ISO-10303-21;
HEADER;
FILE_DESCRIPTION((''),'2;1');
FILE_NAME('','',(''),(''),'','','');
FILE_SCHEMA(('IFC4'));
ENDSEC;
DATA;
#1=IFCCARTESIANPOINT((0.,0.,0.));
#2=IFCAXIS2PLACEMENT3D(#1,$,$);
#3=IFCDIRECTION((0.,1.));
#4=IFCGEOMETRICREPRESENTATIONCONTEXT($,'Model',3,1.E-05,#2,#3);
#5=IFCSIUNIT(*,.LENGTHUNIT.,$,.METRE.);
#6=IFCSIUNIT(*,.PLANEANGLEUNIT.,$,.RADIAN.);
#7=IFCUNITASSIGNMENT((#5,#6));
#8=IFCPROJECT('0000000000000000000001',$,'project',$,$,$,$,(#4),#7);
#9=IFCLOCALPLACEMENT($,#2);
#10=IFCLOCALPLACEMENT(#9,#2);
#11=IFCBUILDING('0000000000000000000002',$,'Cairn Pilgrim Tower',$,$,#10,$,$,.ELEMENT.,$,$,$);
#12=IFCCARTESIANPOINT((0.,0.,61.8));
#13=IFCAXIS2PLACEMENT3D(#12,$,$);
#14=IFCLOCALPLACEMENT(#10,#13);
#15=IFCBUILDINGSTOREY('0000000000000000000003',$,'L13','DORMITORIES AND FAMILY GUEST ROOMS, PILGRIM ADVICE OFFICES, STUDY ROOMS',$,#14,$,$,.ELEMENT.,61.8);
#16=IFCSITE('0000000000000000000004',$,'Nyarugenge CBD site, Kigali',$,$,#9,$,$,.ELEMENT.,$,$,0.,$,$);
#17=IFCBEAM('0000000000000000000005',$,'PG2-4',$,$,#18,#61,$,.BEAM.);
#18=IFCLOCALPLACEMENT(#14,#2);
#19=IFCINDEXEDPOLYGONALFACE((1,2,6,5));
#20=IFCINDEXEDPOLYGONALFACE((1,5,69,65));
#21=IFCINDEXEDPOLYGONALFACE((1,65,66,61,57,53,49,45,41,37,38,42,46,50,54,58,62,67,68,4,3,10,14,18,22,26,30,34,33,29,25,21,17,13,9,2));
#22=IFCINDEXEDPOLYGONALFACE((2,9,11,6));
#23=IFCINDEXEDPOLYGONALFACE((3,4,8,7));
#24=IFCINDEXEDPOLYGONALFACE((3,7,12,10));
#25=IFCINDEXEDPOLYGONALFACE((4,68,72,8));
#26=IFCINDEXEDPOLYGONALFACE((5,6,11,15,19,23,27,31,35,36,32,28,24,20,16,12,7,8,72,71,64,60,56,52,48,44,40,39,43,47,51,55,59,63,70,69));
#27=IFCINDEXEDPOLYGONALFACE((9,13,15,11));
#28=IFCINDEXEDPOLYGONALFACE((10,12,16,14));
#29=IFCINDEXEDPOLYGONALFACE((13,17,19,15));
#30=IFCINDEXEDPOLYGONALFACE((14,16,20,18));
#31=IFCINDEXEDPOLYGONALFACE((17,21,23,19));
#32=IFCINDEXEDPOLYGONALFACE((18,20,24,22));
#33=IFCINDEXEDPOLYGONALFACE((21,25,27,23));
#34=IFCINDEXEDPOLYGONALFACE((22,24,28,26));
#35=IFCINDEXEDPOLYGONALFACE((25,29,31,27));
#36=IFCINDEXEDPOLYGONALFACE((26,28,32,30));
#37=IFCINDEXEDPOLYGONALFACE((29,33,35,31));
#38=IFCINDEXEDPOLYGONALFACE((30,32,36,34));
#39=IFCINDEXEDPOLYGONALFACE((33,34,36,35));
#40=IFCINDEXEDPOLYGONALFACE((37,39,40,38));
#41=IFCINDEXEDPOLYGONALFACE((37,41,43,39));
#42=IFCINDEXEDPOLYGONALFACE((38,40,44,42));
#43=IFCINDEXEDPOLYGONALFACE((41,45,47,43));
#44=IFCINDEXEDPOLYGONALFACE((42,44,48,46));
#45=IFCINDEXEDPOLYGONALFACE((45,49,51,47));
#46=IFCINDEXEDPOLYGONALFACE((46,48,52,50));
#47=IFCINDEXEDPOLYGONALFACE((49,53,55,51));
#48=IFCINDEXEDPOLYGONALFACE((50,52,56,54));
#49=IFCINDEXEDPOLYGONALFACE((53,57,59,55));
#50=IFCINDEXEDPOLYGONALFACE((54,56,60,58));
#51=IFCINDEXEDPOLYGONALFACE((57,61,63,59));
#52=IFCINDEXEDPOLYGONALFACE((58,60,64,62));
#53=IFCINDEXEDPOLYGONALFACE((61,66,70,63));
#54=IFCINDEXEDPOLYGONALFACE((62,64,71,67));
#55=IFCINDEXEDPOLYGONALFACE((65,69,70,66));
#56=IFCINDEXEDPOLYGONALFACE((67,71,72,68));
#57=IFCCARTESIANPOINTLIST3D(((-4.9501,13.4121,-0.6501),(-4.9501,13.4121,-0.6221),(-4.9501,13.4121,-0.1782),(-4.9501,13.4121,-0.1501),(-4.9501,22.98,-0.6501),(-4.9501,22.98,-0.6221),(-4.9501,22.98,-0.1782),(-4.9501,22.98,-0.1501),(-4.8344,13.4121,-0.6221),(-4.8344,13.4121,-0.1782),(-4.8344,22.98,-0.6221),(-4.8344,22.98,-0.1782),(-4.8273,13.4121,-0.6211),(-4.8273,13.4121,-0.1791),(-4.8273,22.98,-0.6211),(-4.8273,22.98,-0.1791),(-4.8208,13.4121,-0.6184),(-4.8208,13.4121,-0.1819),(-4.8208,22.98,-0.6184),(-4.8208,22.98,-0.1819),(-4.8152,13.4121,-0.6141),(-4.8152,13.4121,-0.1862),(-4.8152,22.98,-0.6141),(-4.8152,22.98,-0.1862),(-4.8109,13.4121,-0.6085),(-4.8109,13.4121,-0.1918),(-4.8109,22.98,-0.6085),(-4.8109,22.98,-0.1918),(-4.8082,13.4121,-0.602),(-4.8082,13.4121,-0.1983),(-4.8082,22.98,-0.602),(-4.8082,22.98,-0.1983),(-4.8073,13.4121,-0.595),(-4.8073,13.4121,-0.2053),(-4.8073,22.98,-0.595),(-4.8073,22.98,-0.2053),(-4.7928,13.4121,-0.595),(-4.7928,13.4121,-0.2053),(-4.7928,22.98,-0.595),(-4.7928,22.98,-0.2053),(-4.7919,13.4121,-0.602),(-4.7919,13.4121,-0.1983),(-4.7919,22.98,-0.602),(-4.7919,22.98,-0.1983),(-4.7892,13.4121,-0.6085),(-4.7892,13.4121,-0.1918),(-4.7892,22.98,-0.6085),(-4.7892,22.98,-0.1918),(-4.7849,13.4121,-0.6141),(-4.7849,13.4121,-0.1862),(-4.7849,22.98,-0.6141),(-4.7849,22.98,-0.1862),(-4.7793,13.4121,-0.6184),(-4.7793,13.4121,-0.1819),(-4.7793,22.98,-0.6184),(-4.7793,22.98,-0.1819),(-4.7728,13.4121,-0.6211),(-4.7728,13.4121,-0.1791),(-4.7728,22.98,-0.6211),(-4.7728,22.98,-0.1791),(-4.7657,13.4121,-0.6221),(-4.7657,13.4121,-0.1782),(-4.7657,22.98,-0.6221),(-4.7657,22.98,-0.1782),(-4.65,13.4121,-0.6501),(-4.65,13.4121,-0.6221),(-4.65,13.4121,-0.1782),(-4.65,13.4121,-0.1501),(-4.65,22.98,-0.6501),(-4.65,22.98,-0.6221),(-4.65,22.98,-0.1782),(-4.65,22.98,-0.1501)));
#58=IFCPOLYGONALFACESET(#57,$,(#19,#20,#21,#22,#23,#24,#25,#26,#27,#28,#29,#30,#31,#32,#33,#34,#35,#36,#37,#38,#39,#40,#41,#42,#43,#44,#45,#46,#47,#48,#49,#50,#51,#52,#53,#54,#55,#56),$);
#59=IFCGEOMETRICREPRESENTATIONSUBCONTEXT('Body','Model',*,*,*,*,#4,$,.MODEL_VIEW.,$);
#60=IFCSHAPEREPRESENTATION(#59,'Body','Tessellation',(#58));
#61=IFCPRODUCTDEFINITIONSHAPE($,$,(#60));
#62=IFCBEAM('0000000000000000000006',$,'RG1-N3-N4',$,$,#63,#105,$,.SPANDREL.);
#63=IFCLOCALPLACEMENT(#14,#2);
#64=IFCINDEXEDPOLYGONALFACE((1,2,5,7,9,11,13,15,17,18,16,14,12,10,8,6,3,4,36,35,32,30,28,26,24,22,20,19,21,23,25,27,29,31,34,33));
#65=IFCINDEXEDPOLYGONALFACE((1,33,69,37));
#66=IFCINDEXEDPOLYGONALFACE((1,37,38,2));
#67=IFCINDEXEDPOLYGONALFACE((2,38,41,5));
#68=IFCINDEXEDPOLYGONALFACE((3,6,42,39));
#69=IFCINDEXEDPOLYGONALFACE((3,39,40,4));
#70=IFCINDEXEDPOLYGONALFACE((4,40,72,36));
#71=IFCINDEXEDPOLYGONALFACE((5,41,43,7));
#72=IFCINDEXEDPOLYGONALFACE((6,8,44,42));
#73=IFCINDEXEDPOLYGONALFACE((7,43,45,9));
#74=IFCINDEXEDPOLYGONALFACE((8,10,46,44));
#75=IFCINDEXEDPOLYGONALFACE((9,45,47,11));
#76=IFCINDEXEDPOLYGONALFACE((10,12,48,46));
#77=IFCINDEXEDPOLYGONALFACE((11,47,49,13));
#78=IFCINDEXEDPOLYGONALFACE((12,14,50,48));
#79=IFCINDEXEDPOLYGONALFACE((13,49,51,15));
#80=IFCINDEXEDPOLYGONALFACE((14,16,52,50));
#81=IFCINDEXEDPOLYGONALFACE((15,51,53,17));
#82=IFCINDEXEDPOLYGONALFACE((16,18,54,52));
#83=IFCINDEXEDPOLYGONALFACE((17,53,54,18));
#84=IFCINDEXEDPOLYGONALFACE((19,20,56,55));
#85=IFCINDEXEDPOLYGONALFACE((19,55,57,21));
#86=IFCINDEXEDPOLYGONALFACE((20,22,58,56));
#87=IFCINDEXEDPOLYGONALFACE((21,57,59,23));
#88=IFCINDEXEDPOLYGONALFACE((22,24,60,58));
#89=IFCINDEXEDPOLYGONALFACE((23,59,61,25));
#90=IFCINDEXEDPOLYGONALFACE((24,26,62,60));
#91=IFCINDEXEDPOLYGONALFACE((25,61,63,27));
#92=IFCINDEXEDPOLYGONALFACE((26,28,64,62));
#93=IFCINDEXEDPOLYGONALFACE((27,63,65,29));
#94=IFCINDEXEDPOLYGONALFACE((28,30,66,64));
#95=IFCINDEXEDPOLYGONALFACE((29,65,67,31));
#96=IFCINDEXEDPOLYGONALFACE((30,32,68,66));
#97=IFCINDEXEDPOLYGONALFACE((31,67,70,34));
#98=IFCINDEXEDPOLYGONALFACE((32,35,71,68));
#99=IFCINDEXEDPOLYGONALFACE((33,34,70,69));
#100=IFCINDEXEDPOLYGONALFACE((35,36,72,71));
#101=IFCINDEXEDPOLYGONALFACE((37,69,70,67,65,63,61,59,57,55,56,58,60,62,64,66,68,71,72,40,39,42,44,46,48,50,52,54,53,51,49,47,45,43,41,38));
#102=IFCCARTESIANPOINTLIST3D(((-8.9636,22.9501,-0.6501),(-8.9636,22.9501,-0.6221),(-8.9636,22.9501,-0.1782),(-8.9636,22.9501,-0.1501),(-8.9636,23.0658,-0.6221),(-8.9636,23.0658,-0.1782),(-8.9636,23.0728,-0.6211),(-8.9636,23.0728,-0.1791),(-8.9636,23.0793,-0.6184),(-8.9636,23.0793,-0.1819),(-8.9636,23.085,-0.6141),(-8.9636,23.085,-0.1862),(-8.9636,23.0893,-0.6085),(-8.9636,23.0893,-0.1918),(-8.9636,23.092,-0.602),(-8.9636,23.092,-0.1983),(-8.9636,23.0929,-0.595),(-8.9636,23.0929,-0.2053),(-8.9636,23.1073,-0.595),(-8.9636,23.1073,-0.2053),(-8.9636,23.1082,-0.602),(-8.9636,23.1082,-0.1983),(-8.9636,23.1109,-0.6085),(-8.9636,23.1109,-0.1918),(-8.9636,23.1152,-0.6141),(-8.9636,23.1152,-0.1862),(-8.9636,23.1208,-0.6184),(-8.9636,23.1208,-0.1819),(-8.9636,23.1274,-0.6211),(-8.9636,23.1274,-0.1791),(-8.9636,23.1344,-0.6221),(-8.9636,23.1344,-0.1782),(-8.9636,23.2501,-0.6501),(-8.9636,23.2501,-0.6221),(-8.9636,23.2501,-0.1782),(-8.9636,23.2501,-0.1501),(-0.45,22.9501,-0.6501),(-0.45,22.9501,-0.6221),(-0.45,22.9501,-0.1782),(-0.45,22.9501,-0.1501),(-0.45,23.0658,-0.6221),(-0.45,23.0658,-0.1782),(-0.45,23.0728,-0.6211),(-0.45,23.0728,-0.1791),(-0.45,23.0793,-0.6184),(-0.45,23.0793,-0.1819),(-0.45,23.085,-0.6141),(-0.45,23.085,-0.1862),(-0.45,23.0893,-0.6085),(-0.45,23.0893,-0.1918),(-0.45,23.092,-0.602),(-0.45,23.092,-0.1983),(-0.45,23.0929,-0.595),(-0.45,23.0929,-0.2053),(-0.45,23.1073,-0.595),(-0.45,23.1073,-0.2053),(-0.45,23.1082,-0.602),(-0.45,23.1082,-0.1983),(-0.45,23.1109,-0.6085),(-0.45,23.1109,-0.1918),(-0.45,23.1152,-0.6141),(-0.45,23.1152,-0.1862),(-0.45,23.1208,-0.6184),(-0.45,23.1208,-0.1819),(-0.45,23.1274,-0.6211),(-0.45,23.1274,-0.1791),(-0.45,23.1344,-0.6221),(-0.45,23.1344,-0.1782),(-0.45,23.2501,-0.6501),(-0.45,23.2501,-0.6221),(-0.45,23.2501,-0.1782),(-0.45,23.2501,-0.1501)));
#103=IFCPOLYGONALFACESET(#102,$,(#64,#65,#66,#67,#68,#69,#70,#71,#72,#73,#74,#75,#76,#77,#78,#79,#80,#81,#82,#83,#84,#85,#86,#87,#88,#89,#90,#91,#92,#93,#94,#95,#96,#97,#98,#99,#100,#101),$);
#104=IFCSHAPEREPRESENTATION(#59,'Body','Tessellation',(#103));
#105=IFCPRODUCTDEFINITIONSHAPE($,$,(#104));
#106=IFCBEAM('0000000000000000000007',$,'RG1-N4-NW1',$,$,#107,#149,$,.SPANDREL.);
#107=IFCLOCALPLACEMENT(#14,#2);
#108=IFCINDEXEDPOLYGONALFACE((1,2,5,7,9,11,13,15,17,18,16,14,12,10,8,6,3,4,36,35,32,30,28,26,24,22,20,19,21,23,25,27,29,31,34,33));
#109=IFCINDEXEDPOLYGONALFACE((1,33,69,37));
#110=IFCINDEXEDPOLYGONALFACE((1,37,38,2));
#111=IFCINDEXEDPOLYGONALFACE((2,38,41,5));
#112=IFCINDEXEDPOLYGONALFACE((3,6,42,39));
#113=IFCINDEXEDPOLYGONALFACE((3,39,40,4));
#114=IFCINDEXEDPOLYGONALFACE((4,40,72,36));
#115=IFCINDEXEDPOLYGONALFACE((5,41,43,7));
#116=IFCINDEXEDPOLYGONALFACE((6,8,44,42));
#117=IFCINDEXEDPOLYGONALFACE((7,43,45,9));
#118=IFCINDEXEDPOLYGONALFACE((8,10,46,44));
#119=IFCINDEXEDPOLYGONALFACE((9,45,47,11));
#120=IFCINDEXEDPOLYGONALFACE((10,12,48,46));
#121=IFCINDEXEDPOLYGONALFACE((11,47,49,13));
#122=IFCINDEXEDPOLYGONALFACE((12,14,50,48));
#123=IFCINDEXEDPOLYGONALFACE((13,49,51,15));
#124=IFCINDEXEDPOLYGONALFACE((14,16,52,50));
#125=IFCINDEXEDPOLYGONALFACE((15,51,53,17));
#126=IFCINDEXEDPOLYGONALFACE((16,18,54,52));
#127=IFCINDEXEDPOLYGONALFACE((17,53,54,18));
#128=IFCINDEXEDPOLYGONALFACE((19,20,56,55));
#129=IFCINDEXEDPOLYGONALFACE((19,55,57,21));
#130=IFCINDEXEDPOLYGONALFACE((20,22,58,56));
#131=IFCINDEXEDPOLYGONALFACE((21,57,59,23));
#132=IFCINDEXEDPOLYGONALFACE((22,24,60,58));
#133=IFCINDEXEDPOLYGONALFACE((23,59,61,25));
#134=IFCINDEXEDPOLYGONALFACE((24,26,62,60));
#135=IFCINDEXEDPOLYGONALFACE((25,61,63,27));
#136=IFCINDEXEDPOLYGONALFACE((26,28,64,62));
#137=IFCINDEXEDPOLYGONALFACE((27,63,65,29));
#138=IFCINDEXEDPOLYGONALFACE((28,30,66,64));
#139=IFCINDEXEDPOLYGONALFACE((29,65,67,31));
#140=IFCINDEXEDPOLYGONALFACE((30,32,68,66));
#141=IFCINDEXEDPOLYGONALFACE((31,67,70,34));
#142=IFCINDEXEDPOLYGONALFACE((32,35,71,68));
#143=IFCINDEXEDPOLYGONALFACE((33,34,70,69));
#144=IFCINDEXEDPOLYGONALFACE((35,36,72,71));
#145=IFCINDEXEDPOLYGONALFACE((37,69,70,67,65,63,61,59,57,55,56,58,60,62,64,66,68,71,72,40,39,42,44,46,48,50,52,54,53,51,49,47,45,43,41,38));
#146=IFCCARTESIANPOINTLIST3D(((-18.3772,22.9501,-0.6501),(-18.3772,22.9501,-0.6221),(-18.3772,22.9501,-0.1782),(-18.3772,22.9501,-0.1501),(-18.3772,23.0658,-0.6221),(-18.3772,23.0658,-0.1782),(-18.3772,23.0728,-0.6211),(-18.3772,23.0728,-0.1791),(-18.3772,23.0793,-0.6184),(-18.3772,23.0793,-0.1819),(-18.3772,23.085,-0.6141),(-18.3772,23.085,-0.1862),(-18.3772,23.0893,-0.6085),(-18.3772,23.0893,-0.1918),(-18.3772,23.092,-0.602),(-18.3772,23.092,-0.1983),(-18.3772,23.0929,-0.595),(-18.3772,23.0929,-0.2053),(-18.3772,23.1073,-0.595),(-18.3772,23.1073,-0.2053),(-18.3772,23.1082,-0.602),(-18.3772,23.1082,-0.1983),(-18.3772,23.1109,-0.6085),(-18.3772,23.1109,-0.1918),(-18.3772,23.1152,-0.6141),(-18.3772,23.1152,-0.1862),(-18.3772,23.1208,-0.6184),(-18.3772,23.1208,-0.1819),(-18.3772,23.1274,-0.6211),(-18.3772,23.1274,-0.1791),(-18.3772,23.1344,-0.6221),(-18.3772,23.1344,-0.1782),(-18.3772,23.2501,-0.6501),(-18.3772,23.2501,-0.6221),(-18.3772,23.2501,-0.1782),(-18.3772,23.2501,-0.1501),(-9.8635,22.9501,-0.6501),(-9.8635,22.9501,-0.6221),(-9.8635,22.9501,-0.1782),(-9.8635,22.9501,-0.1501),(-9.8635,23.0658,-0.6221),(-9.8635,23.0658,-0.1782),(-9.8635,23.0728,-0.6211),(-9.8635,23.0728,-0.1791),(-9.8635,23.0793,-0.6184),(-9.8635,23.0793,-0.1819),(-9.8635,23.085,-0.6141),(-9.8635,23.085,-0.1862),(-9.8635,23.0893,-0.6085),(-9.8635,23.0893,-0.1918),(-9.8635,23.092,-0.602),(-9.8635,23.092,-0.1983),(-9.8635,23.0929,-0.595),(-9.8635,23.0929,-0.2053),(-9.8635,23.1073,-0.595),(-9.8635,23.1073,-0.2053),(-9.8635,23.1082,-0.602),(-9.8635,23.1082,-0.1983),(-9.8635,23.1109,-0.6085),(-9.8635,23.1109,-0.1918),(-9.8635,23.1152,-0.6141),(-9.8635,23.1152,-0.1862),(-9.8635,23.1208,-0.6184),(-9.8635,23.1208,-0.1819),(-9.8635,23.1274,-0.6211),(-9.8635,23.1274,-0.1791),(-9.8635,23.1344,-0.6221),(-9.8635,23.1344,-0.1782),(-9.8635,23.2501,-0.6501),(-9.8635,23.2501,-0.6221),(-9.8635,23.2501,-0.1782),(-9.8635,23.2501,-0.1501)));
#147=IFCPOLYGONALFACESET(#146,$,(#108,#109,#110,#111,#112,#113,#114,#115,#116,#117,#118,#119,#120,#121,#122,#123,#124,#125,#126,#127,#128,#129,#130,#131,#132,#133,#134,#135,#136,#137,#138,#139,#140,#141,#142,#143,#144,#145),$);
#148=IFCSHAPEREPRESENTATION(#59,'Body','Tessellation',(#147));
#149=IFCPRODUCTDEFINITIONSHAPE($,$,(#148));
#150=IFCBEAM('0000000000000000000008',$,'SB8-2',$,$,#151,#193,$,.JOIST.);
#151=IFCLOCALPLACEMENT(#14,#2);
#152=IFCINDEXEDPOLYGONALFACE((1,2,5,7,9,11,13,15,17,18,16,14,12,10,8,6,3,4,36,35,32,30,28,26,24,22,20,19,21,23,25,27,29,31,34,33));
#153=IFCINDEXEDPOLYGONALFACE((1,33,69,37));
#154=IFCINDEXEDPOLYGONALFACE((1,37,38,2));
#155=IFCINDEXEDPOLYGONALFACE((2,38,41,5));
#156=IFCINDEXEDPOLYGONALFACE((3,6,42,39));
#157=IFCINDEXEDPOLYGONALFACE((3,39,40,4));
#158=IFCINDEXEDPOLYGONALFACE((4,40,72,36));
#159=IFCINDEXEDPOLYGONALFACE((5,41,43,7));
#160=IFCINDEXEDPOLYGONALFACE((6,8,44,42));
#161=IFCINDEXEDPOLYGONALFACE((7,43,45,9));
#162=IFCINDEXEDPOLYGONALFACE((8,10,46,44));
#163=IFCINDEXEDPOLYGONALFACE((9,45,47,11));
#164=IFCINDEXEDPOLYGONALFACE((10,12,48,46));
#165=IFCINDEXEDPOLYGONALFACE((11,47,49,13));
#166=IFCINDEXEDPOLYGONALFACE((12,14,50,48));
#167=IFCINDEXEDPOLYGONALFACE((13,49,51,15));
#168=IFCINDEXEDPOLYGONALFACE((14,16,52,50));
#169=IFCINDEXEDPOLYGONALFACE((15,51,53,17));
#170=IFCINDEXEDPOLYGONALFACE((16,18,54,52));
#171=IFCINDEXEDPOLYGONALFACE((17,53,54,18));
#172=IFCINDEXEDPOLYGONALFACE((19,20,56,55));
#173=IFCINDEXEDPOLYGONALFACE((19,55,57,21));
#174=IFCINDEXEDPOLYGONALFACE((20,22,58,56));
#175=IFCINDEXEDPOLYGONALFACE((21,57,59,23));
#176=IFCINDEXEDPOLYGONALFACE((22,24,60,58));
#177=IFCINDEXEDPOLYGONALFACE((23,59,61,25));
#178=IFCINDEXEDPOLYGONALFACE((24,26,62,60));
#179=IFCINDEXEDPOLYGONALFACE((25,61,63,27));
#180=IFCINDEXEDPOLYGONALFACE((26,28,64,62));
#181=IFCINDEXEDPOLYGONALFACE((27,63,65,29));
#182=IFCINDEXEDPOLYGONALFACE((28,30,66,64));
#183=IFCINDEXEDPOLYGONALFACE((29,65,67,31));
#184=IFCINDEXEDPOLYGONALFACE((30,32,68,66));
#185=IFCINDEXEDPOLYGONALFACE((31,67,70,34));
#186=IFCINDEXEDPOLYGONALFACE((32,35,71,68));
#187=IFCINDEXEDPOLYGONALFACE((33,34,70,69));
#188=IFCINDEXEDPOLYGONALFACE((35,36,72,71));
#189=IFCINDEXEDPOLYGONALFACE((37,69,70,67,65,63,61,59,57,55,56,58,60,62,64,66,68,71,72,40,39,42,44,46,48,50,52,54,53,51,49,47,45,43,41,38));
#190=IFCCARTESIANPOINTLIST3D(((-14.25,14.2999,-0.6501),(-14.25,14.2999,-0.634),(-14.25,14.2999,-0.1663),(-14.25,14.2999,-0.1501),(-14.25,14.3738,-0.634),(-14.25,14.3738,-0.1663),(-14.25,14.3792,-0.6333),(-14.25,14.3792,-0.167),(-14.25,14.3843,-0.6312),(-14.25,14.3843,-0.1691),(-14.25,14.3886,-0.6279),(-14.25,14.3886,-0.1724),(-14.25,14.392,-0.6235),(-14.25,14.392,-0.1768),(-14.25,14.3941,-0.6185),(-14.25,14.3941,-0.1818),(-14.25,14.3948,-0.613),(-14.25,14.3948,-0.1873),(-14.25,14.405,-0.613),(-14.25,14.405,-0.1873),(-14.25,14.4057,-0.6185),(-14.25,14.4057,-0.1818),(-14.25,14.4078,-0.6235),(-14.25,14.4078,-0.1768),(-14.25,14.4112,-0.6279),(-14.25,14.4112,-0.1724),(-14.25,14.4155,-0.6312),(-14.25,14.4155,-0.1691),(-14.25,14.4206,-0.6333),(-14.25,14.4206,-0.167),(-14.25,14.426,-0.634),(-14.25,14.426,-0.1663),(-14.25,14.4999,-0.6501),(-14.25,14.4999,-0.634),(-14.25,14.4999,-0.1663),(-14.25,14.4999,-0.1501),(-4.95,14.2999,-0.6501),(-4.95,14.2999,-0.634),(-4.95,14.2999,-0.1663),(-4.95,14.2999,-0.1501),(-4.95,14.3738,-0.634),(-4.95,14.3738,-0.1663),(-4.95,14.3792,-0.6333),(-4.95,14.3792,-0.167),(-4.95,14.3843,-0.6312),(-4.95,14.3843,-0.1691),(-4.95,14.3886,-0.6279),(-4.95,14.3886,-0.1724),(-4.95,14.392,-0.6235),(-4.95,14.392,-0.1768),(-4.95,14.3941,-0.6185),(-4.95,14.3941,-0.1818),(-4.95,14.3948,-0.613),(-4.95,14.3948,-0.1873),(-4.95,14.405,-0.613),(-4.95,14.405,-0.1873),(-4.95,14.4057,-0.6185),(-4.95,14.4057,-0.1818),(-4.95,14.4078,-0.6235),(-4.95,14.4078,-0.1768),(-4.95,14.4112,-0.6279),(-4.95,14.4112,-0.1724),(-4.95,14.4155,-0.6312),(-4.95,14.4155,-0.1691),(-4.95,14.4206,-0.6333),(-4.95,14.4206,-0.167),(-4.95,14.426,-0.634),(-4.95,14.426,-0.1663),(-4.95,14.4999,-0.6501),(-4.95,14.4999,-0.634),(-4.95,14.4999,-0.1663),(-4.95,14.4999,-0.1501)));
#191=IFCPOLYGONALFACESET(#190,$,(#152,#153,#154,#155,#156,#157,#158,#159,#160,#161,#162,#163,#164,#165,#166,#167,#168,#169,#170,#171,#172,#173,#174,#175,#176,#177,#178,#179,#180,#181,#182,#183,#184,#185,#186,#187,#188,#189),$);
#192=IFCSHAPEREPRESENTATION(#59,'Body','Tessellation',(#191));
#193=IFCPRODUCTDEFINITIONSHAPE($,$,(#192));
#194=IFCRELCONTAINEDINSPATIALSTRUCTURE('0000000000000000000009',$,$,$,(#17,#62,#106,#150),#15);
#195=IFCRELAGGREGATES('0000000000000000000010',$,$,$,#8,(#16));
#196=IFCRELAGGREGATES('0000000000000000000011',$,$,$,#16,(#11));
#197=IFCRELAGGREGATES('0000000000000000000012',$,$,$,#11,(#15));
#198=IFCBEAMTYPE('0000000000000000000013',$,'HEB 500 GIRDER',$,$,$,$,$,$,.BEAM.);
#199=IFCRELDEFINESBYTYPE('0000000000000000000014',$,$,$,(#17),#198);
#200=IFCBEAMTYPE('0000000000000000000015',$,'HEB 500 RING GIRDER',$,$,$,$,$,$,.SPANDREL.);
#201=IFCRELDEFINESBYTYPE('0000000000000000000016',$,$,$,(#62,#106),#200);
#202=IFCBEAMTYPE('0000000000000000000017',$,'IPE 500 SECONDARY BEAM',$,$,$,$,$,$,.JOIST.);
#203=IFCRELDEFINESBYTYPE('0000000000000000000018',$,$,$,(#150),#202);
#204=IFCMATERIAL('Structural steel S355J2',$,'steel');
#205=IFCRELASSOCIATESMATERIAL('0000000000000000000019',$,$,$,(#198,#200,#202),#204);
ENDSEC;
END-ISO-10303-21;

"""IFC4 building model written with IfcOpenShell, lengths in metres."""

from ifc_helpers import new_model, si_unit, direction, frame, origin, origin_2d, place, context, subcontext, project, spatial, i_section, extrude, material, material_profile, profile_set, type_object, element, save


model = new_model("IFC4")

# Units and contexts
model_context = context("Model", 3, precision=1e-05, world=origin(), true_north=direction((0.0, 1.0)))
body_context = subcontext(model_context, "Body", "Model", "MODEL_VIEW")
ifc_project = project(units=[si_unit("LENGTHUNIT", "METRE"), si_unit("PLANEANGLEUNIT", "RADIAN")], contexts=[model_context])

# Site, building, storey
site_placement = place(None, origin())
site = spatial("IfcSite", under=ifc_project, at=site_placement, Name="Nyarugenge CBD site, Kigali", CompositionType="ELEMENT", RefElevation=0.0)
building_placement = place(site_placement, origin())
building = spatial("IfcBuilding", under=site, at=building_placement, Name="Cairn Pilgrim Tower", CompositionType="ELEMENT")
storey_placement = place(building_placement, frame((0.0, 0.0, 61.8)))
storey = spatial("IfcBuildingStorey", under=building, at=storey_placement, Name="L13", Description="DORMITORIES AND FAMILY GUEST ROOMS, PILGRIM ADVICE OFFICES, STUDY ROOMS", CompositionType="ELEMENT", Elevation=61.8)

# Beams
ifc_material_1 = material(Name="Structural steel S355J2", Category="steel")
ifc_material_profile_1 = material_profile(ifc_material_1, i_section(OverallWidth=0.3, OverallDepth=0.5, WebThickness=0.0144, FlangeThickness=0.0281, FilletRadius=0.0271, at=origin_2d()), Name="HEB 500")
ifc_profile_set_1 = profile_set([ifc_material_profile_1], Name="Structural steel S355J2")
beam_type_1 = type_object("IfcBeamType", Name="HEB 500 GIRDER", PredefinedType="BEAM", material=ifc_profile_set_1)
beam_1_placement = place(storey_placement, frame((-4.8, 13.4121, -0.4001), z_axis=(0.0, 1.0, 0.0), x_axis=(-1.0, 0.0, 0.0)))
element("IfcBeam", 1, at=beam_1_placement, inside=storey, type_object=beam_type_1, Name="PG2-4", PredefinedType="BEAM", context=body_context, shape_type="SweptSolid", body=[
    extrude(i_section(OverallWidth=0.3, OverallDepth=0.5, WebThickness=0.0144, FlangeThickness=0.0281, FilletRadius=0.0271, at=origin_2d()), origin(), (0.0, 0.0, 1.0), 9.5679),
])
ifc_material_profile_2 = material_profile(ifc_material_1, i_section(OverallWidth=0.3, OverallDepth=0.5, WebThickness=0.0144, FlangeThickness=0.0281, FilletRadius=0.0271, at=origin_2d()), Name="HEB 500")
ifc_profile_set_2 = profile_set([ifc_material_profile_2], Name="Structural steel S355J2")
beam_type_2 = type_object("IfcBeamType", Name="HEB 500 RING GIRDER", PredefinedType="SPANDREL", material=ifc_profile_set_2)
for number, where, z_axis, x_axis, name in (
    (2, (-0.45, 23.1001, -0.4001), (-1.0, 0.0, 0.0), (0.0, -1.0, 0.0), "RG1-N3-N4"),
    (3, (-9.8635, 23.1001, -0.4001), (-1.0, 0.0, 0.0), (0.0, -1.0, 0.0), "RG1-N4-NW1"),
):
    element("IfcBeam", number, at=place(storey_placement, frame(where, z_axis=z_axis, x_axis=x_axis)), inside=storey, type_object=beam_type_2, Name=name, PredefinedType="SPANDREL", context=body_context, shape_type="SweptSolid", body=[
        extrude(i_section(OverallWidth=0.3, OverallDepth=0.5, WebThickness=0.0144, FlangeThickness=0.0281, FilletRadius=0.0271, at=origin_2d()), origin(), (0.0, 0.0, 1.0), 8.5137),
    ])
ifc_material_profile_3 = material_profile(ifc_material_1, i_section(OverallWidth=0.2, OverallDepth=0.5, WebThickness=0.0103, FlangeThickness=0.0161, FilletRadius=0.021, at=origin_2d()), Name="IPE 500")
ifc_profile_set_3 = profile_set([ifc_material_profile_3], Name="Structural steel S355J2")
beam_type_3 = type_object("IfcBeamType", Name="IPE 500 SECONDARY BEAM", PredefinedType="JOIST", material=ifc_profile_set_3)
for number, where, z_axis, x_axis, name in (
    (4, (-14.25, 14.3999, -0.4001), (1.0, 0.0, 0.0), (0.0, 1.0, 0.0), "SB8-2"),
):
    element("IfcBeam", number, at=place(storey_placement, frame(where, z_axis=z_axis, x_axis=x_axis)), inside=storey, type_object=beam_type_3, Name=name, PredefinedType="JOIST", context=body_context, shape_type="SweptSolid", body=[
        extrude(i_section(OverallWidth=0.2, OverallDepth=0.5, WebThickness=0.0103, FlangeThickness=0.0161, FilletRadius=0.021, at=origin_2d()), origin(), (0.0, 0.0, 1.0), 9.3),
    ])

save(model, "model.ifc")
